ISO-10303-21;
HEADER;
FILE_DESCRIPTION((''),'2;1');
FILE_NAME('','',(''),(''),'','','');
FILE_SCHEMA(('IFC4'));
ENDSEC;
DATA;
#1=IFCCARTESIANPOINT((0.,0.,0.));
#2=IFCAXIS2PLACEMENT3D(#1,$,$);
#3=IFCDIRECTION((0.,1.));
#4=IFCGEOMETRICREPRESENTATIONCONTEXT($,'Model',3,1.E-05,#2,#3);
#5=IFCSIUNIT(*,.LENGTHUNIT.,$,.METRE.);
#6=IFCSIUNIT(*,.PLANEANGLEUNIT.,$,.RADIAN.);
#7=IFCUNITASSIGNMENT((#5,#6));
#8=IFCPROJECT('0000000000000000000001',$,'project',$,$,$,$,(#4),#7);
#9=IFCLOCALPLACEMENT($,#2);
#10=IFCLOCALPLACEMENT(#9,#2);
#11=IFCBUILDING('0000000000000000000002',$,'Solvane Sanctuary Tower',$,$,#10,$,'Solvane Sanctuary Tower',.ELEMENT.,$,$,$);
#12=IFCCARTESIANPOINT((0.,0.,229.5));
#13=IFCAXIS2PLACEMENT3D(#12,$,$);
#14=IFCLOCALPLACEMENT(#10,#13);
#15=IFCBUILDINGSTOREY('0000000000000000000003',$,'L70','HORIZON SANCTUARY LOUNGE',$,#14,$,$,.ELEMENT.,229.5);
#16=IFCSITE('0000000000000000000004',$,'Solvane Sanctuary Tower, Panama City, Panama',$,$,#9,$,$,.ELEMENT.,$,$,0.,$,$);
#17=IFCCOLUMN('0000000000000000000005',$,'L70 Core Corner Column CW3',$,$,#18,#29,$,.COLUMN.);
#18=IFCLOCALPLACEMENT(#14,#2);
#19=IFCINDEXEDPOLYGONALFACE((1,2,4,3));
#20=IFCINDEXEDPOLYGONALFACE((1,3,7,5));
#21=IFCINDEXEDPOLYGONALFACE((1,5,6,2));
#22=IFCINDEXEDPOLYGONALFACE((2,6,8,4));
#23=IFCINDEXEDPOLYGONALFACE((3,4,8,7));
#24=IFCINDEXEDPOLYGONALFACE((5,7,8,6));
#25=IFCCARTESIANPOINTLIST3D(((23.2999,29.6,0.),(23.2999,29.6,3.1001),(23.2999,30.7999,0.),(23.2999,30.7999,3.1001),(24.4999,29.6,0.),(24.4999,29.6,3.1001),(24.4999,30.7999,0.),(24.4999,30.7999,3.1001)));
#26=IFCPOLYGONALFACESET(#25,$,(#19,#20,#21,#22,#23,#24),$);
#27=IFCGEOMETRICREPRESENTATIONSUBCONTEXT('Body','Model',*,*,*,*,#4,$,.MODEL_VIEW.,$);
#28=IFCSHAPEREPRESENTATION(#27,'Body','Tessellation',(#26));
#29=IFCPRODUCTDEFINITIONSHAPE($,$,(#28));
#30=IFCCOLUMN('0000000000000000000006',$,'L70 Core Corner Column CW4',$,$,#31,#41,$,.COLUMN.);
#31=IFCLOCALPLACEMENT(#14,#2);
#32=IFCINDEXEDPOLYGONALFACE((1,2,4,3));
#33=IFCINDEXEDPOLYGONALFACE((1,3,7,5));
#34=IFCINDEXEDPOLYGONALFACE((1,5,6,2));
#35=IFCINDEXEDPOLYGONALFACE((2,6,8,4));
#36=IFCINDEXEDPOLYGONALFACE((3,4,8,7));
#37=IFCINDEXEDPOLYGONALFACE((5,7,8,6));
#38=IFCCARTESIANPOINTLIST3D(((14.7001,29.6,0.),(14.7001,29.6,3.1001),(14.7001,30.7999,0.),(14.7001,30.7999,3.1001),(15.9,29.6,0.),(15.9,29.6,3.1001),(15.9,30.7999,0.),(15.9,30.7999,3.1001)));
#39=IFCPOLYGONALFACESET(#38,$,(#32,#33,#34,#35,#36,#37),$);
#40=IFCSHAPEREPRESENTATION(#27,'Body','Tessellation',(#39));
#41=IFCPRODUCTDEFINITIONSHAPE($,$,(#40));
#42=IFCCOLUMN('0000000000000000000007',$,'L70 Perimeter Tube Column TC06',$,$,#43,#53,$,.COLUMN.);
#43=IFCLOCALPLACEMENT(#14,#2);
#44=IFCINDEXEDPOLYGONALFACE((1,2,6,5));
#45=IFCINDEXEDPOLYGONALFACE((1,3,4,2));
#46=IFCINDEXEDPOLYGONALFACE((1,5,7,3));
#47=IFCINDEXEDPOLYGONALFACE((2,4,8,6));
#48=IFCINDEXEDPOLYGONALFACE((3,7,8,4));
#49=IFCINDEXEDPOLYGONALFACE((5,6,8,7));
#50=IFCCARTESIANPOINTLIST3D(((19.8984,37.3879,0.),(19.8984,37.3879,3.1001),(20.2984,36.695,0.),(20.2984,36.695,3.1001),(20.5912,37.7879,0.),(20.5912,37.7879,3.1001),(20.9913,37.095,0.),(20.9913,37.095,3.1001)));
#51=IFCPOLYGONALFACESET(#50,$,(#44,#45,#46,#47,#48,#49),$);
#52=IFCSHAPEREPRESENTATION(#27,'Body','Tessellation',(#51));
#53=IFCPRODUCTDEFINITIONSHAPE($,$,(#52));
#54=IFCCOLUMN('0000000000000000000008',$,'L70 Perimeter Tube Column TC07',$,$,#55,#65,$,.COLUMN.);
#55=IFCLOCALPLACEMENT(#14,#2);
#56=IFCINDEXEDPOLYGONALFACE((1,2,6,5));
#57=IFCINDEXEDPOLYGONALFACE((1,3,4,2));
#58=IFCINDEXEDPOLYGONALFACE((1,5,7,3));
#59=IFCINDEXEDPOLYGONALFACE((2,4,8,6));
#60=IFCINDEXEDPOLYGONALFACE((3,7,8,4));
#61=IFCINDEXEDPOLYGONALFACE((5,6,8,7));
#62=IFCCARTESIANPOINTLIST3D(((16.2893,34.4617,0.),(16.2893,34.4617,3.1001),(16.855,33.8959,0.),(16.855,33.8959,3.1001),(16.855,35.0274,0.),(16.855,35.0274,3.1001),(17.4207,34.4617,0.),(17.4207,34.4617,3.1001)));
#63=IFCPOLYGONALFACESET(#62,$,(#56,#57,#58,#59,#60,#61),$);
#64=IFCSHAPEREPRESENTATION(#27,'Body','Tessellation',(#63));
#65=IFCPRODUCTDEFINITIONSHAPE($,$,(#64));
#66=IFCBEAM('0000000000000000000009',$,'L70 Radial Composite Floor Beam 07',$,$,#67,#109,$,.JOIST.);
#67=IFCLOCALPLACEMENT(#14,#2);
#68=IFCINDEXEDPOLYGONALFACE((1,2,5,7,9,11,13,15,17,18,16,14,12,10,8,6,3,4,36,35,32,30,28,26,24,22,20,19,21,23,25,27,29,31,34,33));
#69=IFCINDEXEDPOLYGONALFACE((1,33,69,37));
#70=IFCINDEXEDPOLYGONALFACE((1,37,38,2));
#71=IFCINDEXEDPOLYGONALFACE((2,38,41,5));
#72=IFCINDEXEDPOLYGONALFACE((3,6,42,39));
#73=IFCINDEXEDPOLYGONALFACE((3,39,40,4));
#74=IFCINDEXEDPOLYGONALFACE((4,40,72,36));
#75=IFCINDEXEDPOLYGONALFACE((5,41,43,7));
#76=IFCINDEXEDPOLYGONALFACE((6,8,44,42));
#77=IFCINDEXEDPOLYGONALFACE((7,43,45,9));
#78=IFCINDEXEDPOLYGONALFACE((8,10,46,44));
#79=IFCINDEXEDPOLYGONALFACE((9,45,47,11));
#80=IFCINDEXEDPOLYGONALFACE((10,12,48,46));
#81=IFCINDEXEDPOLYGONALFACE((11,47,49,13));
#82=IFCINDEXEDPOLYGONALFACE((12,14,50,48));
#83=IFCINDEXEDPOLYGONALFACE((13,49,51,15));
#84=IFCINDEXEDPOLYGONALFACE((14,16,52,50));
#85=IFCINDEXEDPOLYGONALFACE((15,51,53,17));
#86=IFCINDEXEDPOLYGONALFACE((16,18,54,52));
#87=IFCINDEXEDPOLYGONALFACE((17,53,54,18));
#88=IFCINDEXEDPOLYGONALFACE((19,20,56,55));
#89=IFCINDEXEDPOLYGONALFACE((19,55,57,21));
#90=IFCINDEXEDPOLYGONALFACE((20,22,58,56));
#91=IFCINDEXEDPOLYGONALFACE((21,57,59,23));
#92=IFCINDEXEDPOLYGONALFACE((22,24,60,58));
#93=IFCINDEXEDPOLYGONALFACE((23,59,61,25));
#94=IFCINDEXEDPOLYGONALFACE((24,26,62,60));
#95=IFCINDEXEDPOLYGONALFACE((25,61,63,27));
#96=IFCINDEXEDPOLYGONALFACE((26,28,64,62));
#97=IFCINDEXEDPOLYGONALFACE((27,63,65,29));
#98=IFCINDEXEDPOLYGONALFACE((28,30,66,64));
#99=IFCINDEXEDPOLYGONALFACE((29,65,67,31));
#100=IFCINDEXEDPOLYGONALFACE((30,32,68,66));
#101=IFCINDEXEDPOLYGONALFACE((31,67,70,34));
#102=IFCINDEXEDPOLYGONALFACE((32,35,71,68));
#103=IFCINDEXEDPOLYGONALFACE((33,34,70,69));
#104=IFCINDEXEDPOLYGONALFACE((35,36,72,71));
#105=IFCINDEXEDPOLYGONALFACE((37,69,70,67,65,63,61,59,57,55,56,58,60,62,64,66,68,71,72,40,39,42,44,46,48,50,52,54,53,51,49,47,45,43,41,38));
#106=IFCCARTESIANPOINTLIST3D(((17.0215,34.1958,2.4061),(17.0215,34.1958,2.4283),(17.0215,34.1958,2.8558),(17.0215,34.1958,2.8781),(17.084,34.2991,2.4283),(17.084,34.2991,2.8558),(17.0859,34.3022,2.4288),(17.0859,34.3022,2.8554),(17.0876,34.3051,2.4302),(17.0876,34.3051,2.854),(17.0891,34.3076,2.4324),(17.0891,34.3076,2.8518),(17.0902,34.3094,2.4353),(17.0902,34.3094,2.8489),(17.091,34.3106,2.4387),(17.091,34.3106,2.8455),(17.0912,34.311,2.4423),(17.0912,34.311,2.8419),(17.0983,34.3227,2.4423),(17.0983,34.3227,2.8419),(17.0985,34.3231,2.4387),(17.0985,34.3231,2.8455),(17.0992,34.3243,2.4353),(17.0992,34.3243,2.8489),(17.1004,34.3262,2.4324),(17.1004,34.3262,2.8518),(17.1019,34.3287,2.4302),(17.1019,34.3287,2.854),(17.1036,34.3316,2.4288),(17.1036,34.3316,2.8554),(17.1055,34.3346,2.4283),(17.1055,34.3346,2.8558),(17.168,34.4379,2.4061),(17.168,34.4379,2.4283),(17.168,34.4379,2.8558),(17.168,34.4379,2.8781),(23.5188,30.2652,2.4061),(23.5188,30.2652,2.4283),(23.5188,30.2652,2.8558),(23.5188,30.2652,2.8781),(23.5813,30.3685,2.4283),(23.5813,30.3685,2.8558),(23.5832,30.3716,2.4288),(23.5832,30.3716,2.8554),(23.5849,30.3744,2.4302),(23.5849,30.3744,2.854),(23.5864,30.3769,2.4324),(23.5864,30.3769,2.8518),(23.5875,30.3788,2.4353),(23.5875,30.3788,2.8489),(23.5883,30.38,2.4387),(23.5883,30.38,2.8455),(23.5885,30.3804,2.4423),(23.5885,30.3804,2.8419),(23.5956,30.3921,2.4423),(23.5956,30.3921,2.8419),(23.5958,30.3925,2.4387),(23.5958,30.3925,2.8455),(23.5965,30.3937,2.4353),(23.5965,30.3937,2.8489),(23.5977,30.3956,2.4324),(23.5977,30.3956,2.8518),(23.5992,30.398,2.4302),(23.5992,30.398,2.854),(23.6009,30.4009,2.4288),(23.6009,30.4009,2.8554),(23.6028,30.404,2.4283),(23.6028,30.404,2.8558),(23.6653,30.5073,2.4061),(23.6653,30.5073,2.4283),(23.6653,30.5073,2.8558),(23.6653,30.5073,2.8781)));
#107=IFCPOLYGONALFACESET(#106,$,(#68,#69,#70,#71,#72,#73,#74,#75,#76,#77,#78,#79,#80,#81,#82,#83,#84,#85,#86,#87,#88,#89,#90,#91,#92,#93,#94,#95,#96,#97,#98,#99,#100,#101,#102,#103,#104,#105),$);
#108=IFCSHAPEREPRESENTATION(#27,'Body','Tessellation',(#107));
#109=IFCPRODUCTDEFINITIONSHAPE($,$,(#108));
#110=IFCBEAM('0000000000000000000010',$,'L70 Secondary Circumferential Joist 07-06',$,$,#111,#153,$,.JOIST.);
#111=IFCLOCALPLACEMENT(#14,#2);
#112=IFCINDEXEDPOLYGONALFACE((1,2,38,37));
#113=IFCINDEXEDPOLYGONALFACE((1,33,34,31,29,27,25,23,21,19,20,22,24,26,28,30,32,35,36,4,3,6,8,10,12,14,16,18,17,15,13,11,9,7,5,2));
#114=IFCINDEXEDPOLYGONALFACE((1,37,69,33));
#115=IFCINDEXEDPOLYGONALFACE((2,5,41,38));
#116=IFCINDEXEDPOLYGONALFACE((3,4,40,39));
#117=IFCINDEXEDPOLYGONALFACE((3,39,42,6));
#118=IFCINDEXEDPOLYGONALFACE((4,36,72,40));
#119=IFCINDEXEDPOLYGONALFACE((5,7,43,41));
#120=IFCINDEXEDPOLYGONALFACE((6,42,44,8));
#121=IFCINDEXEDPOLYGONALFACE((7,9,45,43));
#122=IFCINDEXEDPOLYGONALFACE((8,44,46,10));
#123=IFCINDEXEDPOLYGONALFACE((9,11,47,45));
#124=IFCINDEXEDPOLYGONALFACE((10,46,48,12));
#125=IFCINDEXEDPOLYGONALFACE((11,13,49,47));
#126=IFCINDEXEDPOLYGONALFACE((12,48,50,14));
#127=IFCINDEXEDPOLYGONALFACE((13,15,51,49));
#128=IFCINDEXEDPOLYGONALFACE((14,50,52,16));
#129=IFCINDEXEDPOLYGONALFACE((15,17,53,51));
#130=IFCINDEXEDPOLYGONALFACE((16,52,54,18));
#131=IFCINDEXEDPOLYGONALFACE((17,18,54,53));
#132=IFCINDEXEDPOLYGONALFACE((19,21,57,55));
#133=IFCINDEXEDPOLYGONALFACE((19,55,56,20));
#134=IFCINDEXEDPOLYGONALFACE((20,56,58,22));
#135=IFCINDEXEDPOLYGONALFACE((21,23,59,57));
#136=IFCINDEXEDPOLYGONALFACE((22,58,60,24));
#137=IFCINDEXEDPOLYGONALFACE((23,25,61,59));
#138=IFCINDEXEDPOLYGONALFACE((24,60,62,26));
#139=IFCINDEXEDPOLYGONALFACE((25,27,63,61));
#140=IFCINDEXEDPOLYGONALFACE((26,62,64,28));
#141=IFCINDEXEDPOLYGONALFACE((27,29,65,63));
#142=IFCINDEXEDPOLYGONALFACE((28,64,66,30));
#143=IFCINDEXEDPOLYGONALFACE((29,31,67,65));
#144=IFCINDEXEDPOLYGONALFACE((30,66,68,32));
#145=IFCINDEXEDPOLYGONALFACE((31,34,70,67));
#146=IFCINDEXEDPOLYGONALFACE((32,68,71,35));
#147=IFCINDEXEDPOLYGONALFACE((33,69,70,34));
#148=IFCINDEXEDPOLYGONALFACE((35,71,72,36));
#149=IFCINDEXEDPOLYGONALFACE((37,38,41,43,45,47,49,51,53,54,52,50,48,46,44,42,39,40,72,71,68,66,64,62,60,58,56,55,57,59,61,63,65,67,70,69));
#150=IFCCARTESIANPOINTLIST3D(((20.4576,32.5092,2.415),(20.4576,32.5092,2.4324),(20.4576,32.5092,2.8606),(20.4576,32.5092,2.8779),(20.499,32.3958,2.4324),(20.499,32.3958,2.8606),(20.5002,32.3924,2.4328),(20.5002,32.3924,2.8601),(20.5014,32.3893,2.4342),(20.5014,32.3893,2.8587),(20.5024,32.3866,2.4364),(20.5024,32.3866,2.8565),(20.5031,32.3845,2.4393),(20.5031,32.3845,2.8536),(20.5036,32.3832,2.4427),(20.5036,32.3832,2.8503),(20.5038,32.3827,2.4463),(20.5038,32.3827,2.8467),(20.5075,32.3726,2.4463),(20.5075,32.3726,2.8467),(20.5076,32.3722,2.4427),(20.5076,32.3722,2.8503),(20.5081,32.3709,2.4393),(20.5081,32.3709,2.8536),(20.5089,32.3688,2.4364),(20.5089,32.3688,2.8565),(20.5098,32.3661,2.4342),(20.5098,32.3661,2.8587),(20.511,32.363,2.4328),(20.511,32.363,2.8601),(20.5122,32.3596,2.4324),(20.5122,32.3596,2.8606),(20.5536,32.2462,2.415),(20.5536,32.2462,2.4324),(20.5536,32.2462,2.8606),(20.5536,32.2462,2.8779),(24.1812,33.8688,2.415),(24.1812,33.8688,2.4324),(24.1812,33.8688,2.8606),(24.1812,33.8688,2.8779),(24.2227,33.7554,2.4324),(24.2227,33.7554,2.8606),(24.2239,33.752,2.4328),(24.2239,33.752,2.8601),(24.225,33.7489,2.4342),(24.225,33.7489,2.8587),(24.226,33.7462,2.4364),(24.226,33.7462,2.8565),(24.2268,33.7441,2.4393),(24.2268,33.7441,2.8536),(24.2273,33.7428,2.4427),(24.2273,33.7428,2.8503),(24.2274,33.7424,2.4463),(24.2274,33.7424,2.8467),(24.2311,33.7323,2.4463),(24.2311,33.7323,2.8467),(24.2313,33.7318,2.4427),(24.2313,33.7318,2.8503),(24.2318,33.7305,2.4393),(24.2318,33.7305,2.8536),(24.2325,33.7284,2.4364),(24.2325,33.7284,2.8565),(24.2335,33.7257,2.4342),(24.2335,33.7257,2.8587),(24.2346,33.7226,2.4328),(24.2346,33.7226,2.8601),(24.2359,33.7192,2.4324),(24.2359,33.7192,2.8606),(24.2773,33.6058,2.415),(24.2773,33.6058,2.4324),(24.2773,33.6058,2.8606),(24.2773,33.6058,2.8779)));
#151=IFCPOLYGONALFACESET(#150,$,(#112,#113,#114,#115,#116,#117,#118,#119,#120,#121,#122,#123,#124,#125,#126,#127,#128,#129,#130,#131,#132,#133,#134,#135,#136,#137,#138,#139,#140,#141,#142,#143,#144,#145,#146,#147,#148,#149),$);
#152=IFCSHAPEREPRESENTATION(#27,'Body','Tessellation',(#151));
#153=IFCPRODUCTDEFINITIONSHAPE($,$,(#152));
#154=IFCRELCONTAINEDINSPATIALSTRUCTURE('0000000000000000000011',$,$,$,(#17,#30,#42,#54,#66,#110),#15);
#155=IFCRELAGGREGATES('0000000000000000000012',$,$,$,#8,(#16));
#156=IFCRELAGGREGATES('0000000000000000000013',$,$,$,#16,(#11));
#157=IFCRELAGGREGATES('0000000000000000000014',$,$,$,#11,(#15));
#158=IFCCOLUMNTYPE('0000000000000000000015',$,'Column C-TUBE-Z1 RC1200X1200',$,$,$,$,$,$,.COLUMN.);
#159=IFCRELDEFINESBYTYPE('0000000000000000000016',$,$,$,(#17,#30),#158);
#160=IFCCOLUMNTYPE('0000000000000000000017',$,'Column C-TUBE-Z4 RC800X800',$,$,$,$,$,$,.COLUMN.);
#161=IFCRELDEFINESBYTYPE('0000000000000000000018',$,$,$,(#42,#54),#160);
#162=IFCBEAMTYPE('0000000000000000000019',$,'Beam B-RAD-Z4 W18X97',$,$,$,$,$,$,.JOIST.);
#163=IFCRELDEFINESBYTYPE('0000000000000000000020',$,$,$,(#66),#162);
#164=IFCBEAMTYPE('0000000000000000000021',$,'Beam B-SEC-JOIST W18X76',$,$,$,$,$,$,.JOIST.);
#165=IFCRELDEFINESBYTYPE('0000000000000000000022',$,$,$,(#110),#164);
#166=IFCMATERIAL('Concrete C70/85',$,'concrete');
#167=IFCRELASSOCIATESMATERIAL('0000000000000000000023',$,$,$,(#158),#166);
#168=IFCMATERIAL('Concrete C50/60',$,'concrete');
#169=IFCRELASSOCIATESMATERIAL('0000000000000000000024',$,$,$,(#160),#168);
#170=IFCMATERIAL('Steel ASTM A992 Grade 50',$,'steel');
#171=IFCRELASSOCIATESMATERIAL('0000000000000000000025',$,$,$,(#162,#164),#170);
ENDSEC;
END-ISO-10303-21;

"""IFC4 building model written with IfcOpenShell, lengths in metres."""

from ifc_helpers import new_model, si_unit, direction, frame, origin, origin_2d, place, context, subcontext, project, spatial, rectangle, i_section, extrude, material, material_profile, profile_set, type_object, element, save


model = new_model("IFC4")

# Units and contexts
model_context = context("Model", 3, precision=1e-05, world=origin(), true_north=direction((0.0, 1.0)))
body_context = subcontext(model_context, "Body", "Model", "MODEL_VIEW")
ifc_project = project(units=[si_unit("LENGTHUNIT", "METRE"), si_unit("PLANEANGLEUNIT", "RADIAN")], contexts=[model_context])

# Site, building, storey
site_placement = place(None, origin())
site = spatial("IfcSite", under=ifc_project, at=site_placement, Name="Solvane Sanctuary Tower, Panama City, Panama", CompositionType="ELEMENT", RefElevation=0.0)
building_placement = place(site_placement, origin())
building = spatial("IfcBuilding", under=site, at=building_placement, Name="Solvane Sanctuary Tower", LongName="Solvane Sanctuary Tower", CompositionType="ELEMENT")
storey_placement = place(building_placement, frame((0.0, 0.0, 229.5)))
storey = spatial("IfcBuildingStorey", under=building, at=storey_placement, Name="L70", Description="HORIZON SANCTUARY LOUNGE", CompositionType="ELEMENT", Elevation=229.5)

# Columns
ifc_material_1 = material(Name="Concrete C70/85", Category="concrete")
ifc_material_profile_1 = material_profile(ifc_material_1, rectangle(XDim=1.2, YDim=1.2, at=origin_2d()), Name="RC1200X1200")
ifc_profile_set_1 = profile_set([ifc_material_profile_1], Name="Concrete C70/85")
column_type_1 = type_object("IfcColumnType", Name="Column C-TUBE-Z1 RC1200X1200", PredefinedType="COLUMN", material=ifc_profile_set_1)
for number, where, z_axis, x_axis, name in (
    (1, (23.8999, 30.2, 0.0), (0.0, 0.0, 1.0), (1.0, 0.0, 0.0), "L70 Core Corner Column CW3"),
    (2, (15.3, 30.2, 0.0), (0.0, 0.0, 1.0), (1.0, 0.0, 0.0), "L70 Core Corner Column CW4"),
):
    element("IfcColumn", number, at=place(storey_placement, frame(where, z_axis=z_axis, x_axis=x_axis)), inside=storey, type_object=column_type_1, Name=name, PredefinedType="COLUMN", context=body_context, shape_type="SweptSolid", body=[
        extrude(rectangle(XDim=1.2, YDim=1.2, at=origin_2d()), origin(), (0.0, 0.0, 1.0), 3.1001),
    ])
ifc_material_2 = material(Name="Concrete C50/60", Category="concrete")
ifc_material_profile_2 = material_profile(ifc_material_2, rectangle(XDim=0.8, YDim=0.8, at=origin_2d()), Name="RC800X800")
ifc_profile_set_2 = profile_set([ifc_material_profile_2], Name="Concrete C50/60")
column_type_2 = type_object("IfcColumnType", Name="Column C-TUBE-Z4 RC800X800", PredefinedType="COLUMN", material=ifc_profile_set_2)
for number, where, z_axis, x_axis, name in (
    (3, (20.4448, 37.2415, 0.0), (0.0, 0.0, 1.0), (-0.5, 0.866025, 0.0), "L70 Perimeter Tube Column TC06"),
    (4, (16.855, 34.4617, 0.0), (0.0, 0.0, 1.0), (-0.707107, 0.707107, 0.0), "L70 Perimeter Tube Column TC07"),
):
    element("IfcColumn", number, at=place(storey_placement, frame(where, z_axis=z_axis, x_axis=x_axis)), inside=storey, type_object=column_type_2, Name=name, PredefinedType="COLUMN", context=body_context, shape_type="SweptSolid", body=[
        extrude(rectangle(XDim=0.8, YDim=0.8, at=origin_2d()), origin(), (0.0, 0.0, 1.0), 3.1001),
    ])

# Beams
ifc_material_3 = material(Name="Steel ASTM A992 Grade 50", Category="steel")
ifc_material_profile_3 = material_profile(ifc_material_3, i_section(OverallWidth=0.283, OverallDepth=0.4719, WebThickness=0.0137, FlangeThickness=0.0222, FilletRadius=0.0139, at=origin_2d()), Name="W18X97")
ifc_profile_set_3 = profile_set([ifc_material_profile_3], Name="Steel ASTM A992 Grade 50")
beam_type_1 = type_object("IfcBeamType", Name="Beam B-RAD-Z4 W18X97", PredefinedType="JOIST", material=ifc_profile_set_3)
beam_1_placement = place(storey_placement, frame((23.592, 30.3862, 2.6421), z_axis=(-0.855612, 0.517618, 0.0), x_axis=(-0.517618, -0.855612, 0.0)))
element("IfcBeam", 5, at=beam_1_placement, inside=storey, type_object=beam_type_1, Name="L70 Radial Composite Floor Beam 07", PredefinedType="JOIST", context=body_context, shape_type="SweptSolid", body=[
    extrude(i_section(OverallWidth=0.283, OverallDepth=0.4719, WebThickness=0.0137, FlangeThickness=0.0222, FilletRadius=0.0139, at=origin_2d()), origin(), (0.0, 0.0, 1.0), 7.5938),
])
ifc_material_profile_4 = material_profile(ifc_material_3, i_section(OverallWidth=0.28, OverallDepth=0.4629, WebThickness=0.0107, FlangeThickness=0.0173, FilletRadius=0.0139, at=origin_2d()), Name="W18X76")
ifc_profile_set_4 = profile_set([ifc_material_profile_4], Name="Steel ASTM A992 Grade 50")
beam_type_2 = type_object("IfcBeamType", Name="Beam B-SEC-JOIST W18X76", PredefinedType="JOIST", material=ifc_profile_set_4)
beam_2_placement = place(storey_placement, frame((20.5056, 32.3777, 2.6465), z_axis=(0.939341, 0.342984, 0.0), x_axis=(-0.342984, 0.939341, 0.0)))
element("IfcBeam", 6, at=beam_2_placement, inside=storey, type_object=beam_type_2, Name="L70 Secondary Circumferential Joist 07-06", PredefinedType="JOIST", context=body_context, shape_type="SweptSolid", body=[
    extrude(i_section(OverallWidth=0.28, OverallDepth=0.4629, WebThickness=0.0107, FlangeThickness=0.0173, FilletRadius=0.0139, at=origin_2d()), origin(), (0.0, 0.0, 1.0), 3.9641),
])

save(model, "model.ifc")
